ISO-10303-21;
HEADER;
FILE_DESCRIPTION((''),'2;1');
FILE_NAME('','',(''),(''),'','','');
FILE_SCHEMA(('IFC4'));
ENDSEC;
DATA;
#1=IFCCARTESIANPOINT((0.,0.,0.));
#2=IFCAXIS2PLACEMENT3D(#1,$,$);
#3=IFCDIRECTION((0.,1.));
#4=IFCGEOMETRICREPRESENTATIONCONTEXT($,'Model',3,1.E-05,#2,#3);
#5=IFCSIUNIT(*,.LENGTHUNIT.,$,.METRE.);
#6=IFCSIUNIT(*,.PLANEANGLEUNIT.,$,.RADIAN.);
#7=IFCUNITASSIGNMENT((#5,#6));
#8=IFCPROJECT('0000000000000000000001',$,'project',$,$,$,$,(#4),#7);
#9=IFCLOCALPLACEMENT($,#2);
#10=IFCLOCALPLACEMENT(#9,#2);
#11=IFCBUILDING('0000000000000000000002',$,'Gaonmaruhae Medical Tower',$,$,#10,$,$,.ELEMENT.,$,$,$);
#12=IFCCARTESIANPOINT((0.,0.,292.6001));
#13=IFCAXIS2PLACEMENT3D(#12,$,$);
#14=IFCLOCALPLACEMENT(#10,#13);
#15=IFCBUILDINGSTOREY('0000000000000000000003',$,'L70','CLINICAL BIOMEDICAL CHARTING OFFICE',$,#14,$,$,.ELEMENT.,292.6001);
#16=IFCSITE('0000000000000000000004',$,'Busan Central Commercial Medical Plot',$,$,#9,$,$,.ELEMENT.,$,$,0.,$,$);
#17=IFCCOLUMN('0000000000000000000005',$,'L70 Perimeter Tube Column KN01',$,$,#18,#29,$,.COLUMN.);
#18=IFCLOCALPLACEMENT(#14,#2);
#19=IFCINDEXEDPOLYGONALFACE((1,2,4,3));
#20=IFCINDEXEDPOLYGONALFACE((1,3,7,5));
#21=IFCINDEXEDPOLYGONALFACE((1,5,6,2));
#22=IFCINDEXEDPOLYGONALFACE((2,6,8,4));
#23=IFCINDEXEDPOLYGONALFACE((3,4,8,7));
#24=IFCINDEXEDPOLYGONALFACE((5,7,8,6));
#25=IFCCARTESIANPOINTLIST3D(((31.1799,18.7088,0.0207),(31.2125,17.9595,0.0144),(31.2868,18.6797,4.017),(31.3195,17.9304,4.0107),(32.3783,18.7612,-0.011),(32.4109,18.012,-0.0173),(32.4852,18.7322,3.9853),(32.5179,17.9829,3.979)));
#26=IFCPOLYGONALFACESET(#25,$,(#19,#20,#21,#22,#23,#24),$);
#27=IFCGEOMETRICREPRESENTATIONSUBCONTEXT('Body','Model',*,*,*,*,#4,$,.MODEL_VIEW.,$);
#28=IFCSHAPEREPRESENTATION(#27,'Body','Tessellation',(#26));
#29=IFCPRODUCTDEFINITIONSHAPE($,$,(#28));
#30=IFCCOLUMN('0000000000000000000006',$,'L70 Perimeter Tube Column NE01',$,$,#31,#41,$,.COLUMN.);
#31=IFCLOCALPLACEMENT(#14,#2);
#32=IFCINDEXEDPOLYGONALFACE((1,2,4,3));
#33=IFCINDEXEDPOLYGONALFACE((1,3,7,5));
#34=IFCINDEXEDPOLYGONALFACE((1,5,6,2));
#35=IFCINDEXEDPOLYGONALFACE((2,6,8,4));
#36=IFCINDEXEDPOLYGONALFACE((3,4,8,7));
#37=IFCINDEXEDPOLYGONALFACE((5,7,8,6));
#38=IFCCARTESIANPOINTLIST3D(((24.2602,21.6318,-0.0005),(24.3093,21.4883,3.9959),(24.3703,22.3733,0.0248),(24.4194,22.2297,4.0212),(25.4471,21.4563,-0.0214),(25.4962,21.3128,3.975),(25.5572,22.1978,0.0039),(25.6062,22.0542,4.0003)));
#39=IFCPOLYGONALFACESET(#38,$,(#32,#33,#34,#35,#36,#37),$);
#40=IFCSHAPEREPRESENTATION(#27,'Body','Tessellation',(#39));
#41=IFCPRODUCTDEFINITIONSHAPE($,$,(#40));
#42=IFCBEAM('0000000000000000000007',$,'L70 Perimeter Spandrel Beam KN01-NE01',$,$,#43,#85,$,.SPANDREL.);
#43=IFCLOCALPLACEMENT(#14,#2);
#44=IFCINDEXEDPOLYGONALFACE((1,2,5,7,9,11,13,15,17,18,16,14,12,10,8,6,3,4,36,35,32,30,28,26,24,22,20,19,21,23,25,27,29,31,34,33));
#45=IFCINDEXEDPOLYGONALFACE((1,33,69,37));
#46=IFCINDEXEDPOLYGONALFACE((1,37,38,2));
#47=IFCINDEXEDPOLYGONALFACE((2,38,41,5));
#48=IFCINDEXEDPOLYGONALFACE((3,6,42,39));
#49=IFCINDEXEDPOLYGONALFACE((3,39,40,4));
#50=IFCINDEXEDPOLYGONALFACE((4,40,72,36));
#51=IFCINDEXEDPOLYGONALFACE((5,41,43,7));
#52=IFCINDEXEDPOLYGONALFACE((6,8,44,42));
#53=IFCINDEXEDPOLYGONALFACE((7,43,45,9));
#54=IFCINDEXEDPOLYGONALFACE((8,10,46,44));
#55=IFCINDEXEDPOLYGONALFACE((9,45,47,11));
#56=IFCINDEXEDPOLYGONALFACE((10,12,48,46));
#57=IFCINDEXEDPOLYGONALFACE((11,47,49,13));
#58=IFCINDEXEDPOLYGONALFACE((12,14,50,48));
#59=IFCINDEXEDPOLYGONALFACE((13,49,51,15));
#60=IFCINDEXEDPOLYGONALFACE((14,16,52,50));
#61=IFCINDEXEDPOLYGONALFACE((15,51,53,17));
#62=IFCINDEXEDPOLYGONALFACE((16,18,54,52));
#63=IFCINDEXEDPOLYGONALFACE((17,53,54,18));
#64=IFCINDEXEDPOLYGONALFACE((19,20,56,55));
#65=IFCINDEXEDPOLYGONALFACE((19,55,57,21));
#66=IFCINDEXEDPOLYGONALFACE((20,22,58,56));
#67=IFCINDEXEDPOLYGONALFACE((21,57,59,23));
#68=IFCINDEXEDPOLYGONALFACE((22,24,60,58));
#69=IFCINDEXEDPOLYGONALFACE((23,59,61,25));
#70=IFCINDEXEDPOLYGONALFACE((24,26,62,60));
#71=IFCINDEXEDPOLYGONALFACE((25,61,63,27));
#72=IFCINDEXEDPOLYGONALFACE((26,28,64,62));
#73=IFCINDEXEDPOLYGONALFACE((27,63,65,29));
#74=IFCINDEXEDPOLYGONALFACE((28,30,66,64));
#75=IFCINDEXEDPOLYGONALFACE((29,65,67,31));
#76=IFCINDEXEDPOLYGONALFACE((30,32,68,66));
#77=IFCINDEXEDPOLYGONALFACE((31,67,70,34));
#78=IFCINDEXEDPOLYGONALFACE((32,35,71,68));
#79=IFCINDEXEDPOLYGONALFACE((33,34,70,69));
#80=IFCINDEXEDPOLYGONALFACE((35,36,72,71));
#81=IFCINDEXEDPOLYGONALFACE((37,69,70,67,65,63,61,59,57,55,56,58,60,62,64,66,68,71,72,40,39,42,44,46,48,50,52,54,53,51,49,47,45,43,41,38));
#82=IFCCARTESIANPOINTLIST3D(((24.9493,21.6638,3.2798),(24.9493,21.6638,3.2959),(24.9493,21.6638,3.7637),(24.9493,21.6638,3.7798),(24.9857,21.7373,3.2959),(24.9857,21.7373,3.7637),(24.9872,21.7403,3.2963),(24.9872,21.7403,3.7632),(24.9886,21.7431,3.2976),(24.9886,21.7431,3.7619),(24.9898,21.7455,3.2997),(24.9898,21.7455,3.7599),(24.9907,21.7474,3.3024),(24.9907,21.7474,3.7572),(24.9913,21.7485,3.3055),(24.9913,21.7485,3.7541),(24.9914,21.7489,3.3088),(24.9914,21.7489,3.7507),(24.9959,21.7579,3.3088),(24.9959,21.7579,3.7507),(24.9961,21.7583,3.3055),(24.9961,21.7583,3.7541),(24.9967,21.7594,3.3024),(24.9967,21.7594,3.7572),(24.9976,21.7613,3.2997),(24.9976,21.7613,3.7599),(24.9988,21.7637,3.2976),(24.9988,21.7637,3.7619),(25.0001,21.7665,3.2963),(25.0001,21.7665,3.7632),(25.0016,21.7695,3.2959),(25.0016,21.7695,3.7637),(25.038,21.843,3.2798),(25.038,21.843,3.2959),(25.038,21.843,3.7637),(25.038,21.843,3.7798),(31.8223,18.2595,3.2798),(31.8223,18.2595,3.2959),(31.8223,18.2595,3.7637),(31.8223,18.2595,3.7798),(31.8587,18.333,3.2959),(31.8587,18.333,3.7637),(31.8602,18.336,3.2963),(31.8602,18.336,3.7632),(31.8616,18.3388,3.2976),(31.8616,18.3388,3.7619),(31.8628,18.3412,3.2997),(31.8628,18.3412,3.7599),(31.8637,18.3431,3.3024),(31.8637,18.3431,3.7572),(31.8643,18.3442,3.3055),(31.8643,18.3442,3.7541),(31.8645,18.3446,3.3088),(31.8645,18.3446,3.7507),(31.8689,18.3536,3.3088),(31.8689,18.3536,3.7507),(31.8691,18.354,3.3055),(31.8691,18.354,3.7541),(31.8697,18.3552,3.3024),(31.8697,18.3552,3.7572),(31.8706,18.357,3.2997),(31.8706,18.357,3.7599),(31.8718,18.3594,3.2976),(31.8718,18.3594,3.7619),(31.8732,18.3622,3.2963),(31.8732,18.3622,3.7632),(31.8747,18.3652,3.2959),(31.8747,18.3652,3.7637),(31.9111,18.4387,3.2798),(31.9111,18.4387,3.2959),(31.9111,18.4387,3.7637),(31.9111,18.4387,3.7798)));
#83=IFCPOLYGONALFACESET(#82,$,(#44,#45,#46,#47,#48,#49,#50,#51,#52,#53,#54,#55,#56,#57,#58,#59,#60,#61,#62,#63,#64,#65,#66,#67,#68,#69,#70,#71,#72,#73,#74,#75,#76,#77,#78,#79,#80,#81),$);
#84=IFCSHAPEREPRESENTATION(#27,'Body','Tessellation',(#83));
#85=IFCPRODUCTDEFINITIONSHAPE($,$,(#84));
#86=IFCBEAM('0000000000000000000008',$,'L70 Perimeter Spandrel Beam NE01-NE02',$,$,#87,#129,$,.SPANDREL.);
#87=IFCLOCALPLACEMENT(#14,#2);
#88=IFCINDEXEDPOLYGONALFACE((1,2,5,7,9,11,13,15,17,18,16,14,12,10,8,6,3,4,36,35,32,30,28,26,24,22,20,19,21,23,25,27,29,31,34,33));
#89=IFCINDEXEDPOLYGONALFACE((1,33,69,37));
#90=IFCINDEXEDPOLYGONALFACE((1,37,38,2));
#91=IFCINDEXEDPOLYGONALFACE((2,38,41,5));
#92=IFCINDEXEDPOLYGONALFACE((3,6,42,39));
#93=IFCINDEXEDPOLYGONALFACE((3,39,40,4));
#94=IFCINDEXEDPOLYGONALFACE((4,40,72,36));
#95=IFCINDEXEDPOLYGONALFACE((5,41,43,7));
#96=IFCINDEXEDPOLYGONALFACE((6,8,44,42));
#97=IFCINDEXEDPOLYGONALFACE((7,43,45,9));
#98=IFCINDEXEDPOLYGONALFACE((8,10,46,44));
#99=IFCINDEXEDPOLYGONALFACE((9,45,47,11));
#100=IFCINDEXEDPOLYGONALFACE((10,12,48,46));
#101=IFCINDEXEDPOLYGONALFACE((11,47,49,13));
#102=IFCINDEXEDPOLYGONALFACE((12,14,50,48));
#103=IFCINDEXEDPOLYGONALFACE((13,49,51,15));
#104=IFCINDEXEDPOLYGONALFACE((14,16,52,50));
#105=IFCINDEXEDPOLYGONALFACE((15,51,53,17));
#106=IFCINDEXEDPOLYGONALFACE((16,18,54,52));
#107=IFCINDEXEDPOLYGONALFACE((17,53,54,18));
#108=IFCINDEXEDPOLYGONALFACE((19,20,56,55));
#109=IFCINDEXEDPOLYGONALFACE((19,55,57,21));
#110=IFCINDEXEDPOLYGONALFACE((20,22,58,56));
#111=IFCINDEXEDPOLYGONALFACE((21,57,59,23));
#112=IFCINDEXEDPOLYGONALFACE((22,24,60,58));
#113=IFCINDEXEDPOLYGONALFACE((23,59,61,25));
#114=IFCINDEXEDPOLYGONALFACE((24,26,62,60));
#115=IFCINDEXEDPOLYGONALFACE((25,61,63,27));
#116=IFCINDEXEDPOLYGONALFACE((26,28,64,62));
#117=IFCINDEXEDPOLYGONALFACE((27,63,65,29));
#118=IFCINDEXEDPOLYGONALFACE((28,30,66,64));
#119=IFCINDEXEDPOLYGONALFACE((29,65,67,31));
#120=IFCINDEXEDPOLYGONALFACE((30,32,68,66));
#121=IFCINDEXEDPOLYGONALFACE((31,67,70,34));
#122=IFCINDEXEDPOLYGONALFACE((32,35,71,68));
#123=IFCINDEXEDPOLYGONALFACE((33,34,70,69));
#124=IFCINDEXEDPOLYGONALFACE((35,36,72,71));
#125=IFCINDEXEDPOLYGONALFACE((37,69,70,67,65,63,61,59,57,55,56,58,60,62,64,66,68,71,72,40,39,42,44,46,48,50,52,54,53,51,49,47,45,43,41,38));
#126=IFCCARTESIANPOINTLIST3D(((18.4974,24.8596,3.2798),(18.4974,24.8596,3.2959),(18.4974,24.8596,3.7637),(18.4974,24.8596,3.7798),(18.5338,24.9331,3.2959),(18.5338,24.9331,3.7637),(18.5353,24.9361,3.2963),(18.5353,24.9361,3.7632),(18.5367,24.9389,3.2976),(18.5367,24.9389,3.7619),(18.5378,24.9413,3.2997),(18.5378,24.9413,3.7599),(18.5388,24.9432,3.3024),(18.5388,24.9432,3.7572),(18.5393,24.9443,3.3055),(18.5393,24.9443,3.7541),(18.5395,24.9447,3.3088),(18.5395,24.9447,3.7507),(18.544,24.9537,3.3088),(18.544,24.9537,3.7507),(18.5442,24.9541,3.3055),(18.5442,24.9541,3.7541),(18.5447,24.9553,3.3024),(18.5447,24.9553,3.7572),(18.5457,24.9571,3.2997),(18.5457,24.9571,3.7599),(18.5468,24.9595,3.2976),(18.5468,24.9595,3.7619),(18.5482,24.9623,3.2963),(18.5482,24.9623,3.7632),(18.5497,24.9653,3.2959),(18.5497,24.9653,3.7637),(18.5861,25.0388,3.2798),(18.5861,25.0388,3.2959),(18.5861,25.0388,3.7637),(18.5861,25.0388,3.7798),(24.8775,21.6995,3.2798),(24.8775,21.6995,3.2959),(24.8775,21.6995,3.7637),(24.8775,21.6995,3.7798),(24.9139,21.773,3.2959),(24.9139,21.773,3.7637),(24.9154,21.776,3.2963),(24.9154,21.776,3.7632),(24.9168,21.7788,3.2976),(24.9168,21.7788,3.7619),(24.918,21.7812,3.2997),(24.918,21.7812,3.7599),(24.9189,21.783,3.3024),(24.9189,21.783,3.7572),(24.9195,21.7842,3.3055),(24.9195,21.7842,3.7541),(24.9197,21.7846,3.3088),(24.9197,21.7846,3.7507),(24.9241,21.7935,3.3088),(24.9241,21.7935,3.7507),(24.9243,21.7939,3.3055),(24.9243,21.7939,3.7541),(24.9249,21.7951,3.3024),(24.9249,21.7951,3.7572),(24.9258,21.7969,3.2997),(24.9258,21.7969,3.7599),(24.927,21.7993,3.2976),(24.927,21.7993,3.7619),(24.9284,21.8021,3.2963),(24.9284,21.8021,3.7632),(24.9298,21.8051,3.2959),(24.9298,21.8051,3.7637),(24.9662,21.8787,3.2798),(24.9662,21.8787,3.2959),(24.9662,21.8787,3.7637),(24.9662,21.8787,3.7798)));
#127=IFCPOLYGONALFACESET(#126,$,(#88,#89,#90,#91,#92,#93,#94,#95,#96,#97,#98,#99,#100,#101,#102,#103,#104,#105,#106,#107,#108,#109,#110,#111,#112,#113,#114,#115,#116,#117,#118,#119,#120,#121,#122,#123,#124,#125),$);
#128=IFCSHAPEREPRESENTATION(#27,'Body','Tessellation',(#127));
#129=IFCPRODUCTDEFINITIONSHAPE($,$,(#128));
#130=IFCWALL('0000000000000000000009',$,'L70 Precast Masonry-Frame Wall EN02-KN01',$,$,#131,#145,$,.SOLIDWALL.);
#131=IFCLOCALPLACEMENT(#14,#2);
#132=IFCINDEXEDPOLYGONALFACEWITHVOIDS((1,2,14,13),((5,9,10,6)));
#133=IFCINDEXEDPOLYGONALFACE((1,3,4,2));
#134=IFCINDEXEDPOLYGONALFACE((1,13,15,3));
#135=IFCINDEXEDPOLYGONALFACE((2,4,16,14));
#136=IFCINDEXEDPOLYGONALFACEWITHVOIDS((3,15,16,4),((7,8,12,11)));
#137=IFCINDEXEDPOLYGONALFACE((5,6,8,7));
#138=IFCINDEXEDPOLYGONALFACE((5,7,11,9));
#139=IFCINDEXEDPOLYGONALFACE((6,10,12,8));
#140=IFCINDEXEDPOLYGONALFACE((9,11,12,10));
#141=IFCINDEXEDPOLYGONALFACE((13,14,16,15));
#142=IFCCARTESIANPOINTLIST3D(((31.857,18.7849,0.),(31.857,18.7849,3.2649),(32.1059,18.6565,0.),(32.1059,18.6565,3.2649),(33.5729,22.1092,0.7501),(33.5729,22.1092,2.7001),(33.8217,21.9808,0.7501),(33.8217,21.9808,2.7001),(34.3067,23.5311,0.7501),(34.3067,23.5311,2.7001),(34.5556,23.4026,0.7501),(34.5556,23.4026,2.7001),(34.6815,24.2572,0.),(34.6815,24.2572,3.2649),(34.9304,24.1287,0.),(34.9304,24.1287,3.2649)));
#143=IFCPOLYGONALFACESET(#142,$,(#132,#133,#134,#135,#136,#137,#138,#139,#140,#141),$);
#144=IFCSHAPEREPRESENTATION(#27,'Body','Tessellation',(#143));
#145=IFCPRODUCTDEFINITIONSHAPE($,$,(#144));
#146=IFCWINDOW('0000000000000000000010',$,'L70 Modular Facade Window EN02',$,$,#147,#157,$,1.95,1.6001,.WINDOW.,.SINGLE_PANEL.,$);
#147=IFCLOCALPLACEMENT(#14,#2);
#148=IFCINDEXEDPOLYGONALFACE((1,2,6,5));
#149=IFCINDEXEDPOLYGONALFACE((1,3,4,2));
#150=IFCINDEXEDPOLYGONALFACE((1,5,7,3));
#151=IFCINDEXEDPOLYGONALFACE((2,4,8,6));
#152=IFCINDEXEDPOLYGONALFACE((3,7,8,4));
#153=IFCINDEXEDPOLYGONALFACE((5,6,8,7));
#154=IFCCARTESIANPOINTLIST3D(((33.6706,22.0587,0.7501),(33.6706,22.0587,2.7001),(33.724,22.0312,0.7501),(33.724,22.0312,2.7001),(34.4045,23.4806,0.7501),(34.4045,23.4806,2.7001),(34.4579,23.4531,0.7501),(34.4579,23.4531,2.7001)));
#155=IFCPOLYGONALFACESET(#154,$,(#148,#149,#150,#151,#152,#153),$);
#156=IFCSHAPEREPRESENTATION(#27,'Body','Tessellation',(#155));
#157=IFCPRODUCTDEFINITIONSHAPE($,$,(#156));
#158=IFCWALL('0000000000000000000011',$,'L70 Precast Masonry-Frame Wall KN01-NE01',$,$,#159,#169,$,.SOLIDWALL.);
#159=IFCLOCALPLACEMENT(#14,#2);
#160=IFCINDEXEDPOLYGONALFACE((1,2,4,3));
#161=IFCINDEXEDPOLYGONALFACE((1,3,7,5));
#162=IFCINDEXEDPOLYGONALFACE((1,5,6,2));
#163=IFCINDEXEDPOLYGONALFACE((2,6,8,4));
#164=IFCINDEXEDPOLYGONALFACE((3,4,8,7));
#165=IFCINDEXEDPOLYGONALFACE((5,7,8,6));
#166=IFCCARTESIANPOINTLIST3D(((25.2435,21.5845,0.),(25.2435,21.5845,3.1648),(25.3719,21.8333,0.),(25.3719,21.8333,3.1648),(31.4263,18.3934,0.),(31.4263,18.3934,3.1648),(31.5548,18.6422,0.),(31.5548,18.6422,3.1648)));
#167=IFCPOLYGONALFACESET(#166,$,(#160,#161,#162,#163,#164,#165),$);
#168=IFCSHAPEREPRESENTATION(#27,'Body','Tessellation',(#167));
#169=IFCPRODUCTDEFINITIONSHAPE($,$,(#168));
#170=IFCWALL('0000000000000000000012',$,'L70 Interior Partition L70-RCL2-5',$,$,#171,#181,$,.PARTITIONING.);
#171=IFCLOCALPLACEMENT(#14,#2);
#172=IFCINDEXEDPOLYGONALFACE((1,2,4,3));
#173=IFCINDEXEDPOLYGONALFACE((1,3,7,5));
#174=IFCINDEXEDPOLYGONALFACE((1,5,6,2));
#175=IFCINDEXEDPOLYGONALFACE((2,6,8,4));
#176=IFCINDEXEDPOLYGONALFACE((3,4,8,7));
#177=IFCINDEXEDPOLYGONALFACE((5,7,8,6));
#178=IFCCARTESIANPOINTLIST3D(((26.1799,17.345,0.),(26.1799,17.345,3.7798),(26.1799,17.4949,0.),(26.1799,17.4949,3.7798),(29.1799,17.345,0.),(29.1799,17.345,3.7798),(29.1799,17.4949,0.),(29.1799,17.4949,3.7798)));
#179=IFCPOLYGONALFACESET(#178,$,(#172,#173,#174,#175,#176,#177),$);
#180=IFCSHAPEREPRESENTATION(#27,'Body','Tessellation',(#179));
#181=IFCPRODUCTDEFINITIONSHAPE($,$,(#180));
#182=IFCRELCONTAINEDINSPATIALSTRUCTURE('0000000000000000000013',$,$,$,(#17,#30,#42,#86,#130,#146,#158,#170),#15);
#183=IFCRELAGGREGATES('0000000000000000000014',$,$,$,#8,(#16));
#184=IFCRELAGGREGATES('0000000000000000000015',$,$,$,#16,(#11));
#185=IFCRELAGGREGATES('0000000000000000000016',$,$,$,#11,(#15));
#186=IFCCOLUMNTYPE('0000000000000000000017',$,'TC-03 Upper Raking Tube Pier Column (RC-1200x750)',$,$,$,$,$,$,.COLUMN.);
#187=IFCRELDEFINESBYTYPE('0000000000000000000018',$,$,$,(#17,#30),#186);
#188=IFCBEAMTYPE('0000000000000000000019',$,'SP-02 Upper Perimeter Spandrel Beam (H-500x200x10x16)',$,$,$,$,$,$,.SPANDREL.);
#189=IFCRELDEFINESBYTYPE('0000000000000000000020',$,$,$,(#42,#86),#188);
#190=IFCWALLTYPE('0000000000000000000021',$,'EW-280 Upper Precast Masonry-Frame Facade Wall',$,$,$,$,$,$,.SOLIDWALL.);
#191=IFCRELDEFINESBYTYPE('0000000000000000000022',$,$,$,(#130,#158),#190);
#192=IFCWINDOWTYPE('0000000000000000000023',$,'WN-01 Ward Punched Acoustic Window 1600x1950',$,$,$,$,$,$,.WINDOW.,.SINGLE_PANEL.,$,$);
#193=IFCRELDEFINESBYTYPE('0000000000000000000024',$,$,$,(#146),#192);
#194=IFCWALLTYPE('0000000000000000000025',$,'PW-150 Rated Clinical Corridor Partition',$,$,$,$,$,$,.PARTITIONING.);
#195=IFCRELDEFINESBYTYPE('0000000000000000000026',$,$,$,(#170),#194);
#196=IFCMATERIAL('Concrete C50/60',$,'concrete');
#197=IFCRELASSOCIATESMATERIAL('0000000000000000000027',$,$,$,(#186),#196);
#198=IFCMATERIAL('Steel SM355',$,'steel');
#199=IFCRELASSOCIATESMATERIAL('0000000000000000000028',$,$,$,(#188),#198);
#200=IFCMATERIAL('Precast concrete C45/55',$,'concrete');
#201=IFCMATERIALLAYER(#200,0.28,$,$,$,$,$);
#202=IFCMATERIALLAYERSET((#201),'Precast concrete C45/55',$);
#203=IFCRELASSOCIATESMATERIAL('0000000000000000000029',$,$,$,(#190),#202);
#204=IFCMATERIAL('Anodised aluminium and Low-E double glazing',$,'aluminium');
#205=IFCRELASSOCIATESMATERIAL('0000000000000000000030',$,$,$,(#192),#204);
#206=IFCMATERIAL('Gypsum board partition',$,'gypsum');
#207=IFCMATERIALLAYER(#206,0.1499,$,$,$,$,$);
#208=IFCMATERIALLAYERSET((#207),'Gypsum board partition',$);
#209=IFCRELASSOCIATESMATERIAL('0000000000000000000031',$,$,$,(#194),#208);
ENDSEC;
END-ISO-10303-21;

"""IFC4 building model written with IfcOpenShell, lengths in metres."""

from ifc_helpers import new_model, si_unit, direction, frame, frame_2d, origin, origin_2d, place, context, subcontext, project, spatial, rectangle, i_section, extrude, material, layer, layer_set, material_profile, profile_set, type_object, element, fill, save


model = new_model("IFC4")

# Units and contexts
model_context = context("Model", 3, precision=1e-05, world=origin(), true_north=direction((0.0, 1.0)))
body_context = subcontext(model_context, "Body", "Model", "MODEL_VIEW")
ifc_project = project(units=[si_unit("LENGTHUNIT", "METRE"), si_unit("PLANEANGLEUNIT", "RADIAN")], contexts=[model_context])

# Site, building, storey
site_placement = place(None, origin())
site = spatial("IfcSite", under=ifc_project, at=site_placement, Name="Busan Central Commercial Medical Plot", CompositionType="ELEMENT", RefElevation=0.0)
building_placement = place(site_placement, origin())
building = spatial("IfcBuilding", under=site, at=building_placement, Name="Gaonmaruhae Medical Tower", CompositionType="ELEMENT")
storey_placement = place(building_placement, frame((0.0, 0.0, 292.6001)))
storey = spatial("IfcBuildingStorey", under=building, at=storey_placement, Name="L70", Description="CLINICAL BIOMEDICAL CHARTING OFFICE", CompositionType="ELEMENT", Elevation=292.6001)

# Columns
ifc_material_1 = material(Name="Concrete C50/60", Category="concrete")
ifc_material_profile_1 = material_profile(ifc_material_1, rectangle(XDim=1.2, YDim=0.75, at=origin_2d()), Name="RC-1200x750")
ifc_profile_set_1 = profile_set([ifc_material_profile_1], Name="Concrete C50/60")
column_type = type_object("IfcColumnType", Name="TC-03 Upper Raking Tube Pier Column (RC-1200x750)", PredefinedType="COLUMN", material=ifc_profile_set_1)
column_1_placement = place(storey_placement, frame((31.7954, 18.3604, 0.0017), z_axis=(0.026748, -0.007267, 0.999616), x_axis=(-0.998695, -0.04372, 0.026405)))
element("IfcColumn", 1, at=column_1_placement, inside=storey, type_object=column_type, Name="L70 Perimeter Tube Column KN01", PredefinedType="COLUMN", context=body_context, shape_type="SweptSolid", body=[
    extrude(rectangle(XDim=1.2, YDim=0.75, at=origin_2d()), origin(), (0.0, 0.0, 1.0), 3.9978),
])
column_2_placement = place(storey_placement, frame((24.9087, 21.9148, 0.0017), z_axis=(0.01227, -0.035896, 0.99928), x_axis=(-0.989095, 0.146249, 0.017399)))
element("IfcColumn", 2, at=column_2_placement, inside=storey, type_object=column_type, Name="L70 Perimeter Tube Column NE01", PredefinedType="COLUMN", context=body_context, shape_type="SweptSolid", body=[
    extrude(rectangle(XDim=1.2, YDim=0.75, at=origin_2d()), origin(), (0.0, 0.0, 1.0), 3.9993),
])

# Beams
ifc_material_2 = material(Name="Steel SM355", Category="steel")
ifc_material_profile_2 = material_profile(ifc_material_2, i_section(OverallWidth=0.2, OverallDepth=0.5, WebThickness=0.01, FlangeThickness=0.0161, FilletRadius=0.0129, at=origin_2d()), Name="H-500x200x10x16")
ifc_profile_set_2 = profile_set([ifc_material_profile_2], Name="Steel SM355")
beam_type = type_object("IfcBeamType", Name="SP-02 Upper Perimeter Spandrel Beam (H-500x200x10x16)", PredefinedType="SPANDREL", material=ifc_profile_set_2)
beam_1_placement = place(storey_placement, frame((31.8667, 18.3491, 3.5298), z_axis=(-0.896102, 0.443849, 0.0), x_axis=(-0.443849, -0.896102, 0.0)))
element("IfcBeam", 3, at=beam_1_placement, inside=storey, type_object=beam_type, Name="L70 Perimeter Spandrel Beam KN01-NE01", PredefinedType="SPANDREL", context=body_context, shape_type="SweptSolid", body=[
    extrude(i_section(OverallWidth=0.2, OverallDepth=0.5, WebThickness=0.01, FlangeThickness=0.0161, FilletRadius=0.0129, at=origin_2d()), origin(), (0.0, 0.0, 1.0), 7.6699),
])
beam_2_placement = place(storey_placement, frame((24.9219, 21.7891, 3.5298), z_axis=(-0.896101, 0.44385, 0.0), x_axis=(-0.44385, -0.896101, 0.0)))
element("IfcBeam", 4, at=beam_2_placement, inside=storey, type_object=beam_type, Name="L70 Perimeter Spandrel Beam NE01-NE02", PredefinedType="SPANDREL", context=body_context, shape_type="SweptSolid", body=[
    extrude(i_section(OverallWidth=0.2, OverallDepth=0.5, WebThickness=0.01, FlangeThickness=0.0161, FilletRadius=0.0129, at=origin_2d()), origin(), (0.0, 0.0, 1.0), 7.1199),
])

# Wall, opening, window
ifc_material_3 = material(Name="Precast concrete C45/55", Category="concrete")
ifc_layer_1 = layer(ifc_material_3, 0.28)
ifc_layer_set_1 = layer_set([ifc_layer_1], Name="Precast concrete C45/55")
wall_type_1 = type_object("IfcWallType", Name="EW-280 Upper Precast Masonry-Frame Facade Wall", PredefinedType="SOLIDWALL", material=ifc_layer_set_1)
wall_1_placement = place(storey_placement, frame((31.9814, 18.7207, 0.0), z_axis=(0.0, 0.0, 1.0), x_axis=(0.458658, 0.888613, 0.0)))
wall_1 = element("IfcWall", 5, at=wall_1_placement, inside=storey, type_object=wall_type_1, Name="L70 Precast Masonry-Frame Wall EN02-KN01", PredefinedType="SOLIDWALL", context=body_context, shape_type="SweptSolid", body=[
    extrude(rectangle(XDim=6.1582, YDim=0.28, at=frame_2d((3.0791, 0.0))), origin(), (0.0, 0.0, 1.0), 3.2649),
])
opening_1_placement = place(wall_1_placement, frame((3.741, 0.0, 0.75)))
opening_1 = element("IfcOpeningElement", 6, at=opening_1_placement, cuts=wall_1, PredefinedType="OPENING", context=body_context, shape_type="SweptSolid", body=[
    extrude(rectangle(XDim=1.6001, YDim=1.95, at=frame_2d((0.8, 0.9751))), frame((0.0, 0.1499, 0.0), z_axis=(0.0, -1.0, 0.0), x_axis=(1.0, 0.0, 0.0)), (0.0, 0.0, 1.0), 0.3),
])
ifc_material_4 = material(Name="Anodised aluminium and Low-E double glazing", Category="aluminium")
window_type = type_object("IfcWindowType", Name="WN-01 Ward Punched Acoustic Window 1600x1950", PartitioningType="SINGLE_PANEL", PredefinedType="WINDOW", material=ifc_material_4)
window_placement = place(opening_1_placement, origin())
window = element("IfcWindow", 7, at=window_placement, inside=storey, type_object=window_type, Name="L70 Modular Facade Window EN02", OverallHeight=1.95, OverallWidth=1.6001, PartitioningType="SINGLE_PANEL", PredefinedType="WINDOW", context=body_context, shape_type="SweptSolid", body=[
    extrude(rectangle(XDim=1.6001, YDim=1.95, at=frame_2d((0.8, 0.9751))), frame((0.0, 0.03, 0.0), z_axis=(0.0, -1.0, 0.0), x_axis=(1.0, 0.0, 0.0)), (0.0, 0.0, 1.0), 0.0601),
])
fill(opening_1, window)

# Walls
wall_2_placement = place(storey_placement, frame((25.3076, 21.709, 0.0), z_axis=(0.0, 0.0, 1.0), x_axis=(0.88862, -0.458644, 0.0)))
element("IfcWall", 8, at=wall_2_placement, inside=storey, type_object=wall_type_1, Name="L70 Precast Masonry-Frame Wall KN01-NE01", PredefinedType="SOLIDWALL", context=body_context, shape_type="SweptSolid", body=[
    extrude(rectangle(XDim=6.9578, YDim=0.28, at=frame_2d((3.479, 0.0))), origin(), (0.0, 0.0, 1.0), 3.1648),
])
ifc_material_5 = material(Name="Gypsum board partition", Category="gypsum")
ifc_layer_2 = layer(ifc_material_5, 0.1499)
ifc_layer_set_2 = layer_set([ifc_layer_2], Name="Gypsum board partition")
wall_type_2 = type_object("IfcWallType", Name="PW-150 Rated Clinical Corridor Partition", PredefinedType="PARTITIONING", material=ifc_layer_set_2)
wall_3_placement = place(storey_placement, frame((26.1799, 17.4199, 0.0), z_axis=(0.0, 0.0, 1.0), x_axis=(1.0, 0.0, 0.0)))
element("IfcWall", 9, at=wall_3_placement, inside=storey, type_object=wall_type_2, Name="L70 Interior Partition L70-RCL2-5", PredefinedType="PARTITIONING", context=body_context, shape_type="SweptSolid", body=[
    extrude(rectangle(XDim=3.0, YDim=0.1499, at=frame_2d((1.5, 0.0))), origin(), (0.0, 0.0, 1.0), 3.7798),
])

save(model, "model.ifc")
